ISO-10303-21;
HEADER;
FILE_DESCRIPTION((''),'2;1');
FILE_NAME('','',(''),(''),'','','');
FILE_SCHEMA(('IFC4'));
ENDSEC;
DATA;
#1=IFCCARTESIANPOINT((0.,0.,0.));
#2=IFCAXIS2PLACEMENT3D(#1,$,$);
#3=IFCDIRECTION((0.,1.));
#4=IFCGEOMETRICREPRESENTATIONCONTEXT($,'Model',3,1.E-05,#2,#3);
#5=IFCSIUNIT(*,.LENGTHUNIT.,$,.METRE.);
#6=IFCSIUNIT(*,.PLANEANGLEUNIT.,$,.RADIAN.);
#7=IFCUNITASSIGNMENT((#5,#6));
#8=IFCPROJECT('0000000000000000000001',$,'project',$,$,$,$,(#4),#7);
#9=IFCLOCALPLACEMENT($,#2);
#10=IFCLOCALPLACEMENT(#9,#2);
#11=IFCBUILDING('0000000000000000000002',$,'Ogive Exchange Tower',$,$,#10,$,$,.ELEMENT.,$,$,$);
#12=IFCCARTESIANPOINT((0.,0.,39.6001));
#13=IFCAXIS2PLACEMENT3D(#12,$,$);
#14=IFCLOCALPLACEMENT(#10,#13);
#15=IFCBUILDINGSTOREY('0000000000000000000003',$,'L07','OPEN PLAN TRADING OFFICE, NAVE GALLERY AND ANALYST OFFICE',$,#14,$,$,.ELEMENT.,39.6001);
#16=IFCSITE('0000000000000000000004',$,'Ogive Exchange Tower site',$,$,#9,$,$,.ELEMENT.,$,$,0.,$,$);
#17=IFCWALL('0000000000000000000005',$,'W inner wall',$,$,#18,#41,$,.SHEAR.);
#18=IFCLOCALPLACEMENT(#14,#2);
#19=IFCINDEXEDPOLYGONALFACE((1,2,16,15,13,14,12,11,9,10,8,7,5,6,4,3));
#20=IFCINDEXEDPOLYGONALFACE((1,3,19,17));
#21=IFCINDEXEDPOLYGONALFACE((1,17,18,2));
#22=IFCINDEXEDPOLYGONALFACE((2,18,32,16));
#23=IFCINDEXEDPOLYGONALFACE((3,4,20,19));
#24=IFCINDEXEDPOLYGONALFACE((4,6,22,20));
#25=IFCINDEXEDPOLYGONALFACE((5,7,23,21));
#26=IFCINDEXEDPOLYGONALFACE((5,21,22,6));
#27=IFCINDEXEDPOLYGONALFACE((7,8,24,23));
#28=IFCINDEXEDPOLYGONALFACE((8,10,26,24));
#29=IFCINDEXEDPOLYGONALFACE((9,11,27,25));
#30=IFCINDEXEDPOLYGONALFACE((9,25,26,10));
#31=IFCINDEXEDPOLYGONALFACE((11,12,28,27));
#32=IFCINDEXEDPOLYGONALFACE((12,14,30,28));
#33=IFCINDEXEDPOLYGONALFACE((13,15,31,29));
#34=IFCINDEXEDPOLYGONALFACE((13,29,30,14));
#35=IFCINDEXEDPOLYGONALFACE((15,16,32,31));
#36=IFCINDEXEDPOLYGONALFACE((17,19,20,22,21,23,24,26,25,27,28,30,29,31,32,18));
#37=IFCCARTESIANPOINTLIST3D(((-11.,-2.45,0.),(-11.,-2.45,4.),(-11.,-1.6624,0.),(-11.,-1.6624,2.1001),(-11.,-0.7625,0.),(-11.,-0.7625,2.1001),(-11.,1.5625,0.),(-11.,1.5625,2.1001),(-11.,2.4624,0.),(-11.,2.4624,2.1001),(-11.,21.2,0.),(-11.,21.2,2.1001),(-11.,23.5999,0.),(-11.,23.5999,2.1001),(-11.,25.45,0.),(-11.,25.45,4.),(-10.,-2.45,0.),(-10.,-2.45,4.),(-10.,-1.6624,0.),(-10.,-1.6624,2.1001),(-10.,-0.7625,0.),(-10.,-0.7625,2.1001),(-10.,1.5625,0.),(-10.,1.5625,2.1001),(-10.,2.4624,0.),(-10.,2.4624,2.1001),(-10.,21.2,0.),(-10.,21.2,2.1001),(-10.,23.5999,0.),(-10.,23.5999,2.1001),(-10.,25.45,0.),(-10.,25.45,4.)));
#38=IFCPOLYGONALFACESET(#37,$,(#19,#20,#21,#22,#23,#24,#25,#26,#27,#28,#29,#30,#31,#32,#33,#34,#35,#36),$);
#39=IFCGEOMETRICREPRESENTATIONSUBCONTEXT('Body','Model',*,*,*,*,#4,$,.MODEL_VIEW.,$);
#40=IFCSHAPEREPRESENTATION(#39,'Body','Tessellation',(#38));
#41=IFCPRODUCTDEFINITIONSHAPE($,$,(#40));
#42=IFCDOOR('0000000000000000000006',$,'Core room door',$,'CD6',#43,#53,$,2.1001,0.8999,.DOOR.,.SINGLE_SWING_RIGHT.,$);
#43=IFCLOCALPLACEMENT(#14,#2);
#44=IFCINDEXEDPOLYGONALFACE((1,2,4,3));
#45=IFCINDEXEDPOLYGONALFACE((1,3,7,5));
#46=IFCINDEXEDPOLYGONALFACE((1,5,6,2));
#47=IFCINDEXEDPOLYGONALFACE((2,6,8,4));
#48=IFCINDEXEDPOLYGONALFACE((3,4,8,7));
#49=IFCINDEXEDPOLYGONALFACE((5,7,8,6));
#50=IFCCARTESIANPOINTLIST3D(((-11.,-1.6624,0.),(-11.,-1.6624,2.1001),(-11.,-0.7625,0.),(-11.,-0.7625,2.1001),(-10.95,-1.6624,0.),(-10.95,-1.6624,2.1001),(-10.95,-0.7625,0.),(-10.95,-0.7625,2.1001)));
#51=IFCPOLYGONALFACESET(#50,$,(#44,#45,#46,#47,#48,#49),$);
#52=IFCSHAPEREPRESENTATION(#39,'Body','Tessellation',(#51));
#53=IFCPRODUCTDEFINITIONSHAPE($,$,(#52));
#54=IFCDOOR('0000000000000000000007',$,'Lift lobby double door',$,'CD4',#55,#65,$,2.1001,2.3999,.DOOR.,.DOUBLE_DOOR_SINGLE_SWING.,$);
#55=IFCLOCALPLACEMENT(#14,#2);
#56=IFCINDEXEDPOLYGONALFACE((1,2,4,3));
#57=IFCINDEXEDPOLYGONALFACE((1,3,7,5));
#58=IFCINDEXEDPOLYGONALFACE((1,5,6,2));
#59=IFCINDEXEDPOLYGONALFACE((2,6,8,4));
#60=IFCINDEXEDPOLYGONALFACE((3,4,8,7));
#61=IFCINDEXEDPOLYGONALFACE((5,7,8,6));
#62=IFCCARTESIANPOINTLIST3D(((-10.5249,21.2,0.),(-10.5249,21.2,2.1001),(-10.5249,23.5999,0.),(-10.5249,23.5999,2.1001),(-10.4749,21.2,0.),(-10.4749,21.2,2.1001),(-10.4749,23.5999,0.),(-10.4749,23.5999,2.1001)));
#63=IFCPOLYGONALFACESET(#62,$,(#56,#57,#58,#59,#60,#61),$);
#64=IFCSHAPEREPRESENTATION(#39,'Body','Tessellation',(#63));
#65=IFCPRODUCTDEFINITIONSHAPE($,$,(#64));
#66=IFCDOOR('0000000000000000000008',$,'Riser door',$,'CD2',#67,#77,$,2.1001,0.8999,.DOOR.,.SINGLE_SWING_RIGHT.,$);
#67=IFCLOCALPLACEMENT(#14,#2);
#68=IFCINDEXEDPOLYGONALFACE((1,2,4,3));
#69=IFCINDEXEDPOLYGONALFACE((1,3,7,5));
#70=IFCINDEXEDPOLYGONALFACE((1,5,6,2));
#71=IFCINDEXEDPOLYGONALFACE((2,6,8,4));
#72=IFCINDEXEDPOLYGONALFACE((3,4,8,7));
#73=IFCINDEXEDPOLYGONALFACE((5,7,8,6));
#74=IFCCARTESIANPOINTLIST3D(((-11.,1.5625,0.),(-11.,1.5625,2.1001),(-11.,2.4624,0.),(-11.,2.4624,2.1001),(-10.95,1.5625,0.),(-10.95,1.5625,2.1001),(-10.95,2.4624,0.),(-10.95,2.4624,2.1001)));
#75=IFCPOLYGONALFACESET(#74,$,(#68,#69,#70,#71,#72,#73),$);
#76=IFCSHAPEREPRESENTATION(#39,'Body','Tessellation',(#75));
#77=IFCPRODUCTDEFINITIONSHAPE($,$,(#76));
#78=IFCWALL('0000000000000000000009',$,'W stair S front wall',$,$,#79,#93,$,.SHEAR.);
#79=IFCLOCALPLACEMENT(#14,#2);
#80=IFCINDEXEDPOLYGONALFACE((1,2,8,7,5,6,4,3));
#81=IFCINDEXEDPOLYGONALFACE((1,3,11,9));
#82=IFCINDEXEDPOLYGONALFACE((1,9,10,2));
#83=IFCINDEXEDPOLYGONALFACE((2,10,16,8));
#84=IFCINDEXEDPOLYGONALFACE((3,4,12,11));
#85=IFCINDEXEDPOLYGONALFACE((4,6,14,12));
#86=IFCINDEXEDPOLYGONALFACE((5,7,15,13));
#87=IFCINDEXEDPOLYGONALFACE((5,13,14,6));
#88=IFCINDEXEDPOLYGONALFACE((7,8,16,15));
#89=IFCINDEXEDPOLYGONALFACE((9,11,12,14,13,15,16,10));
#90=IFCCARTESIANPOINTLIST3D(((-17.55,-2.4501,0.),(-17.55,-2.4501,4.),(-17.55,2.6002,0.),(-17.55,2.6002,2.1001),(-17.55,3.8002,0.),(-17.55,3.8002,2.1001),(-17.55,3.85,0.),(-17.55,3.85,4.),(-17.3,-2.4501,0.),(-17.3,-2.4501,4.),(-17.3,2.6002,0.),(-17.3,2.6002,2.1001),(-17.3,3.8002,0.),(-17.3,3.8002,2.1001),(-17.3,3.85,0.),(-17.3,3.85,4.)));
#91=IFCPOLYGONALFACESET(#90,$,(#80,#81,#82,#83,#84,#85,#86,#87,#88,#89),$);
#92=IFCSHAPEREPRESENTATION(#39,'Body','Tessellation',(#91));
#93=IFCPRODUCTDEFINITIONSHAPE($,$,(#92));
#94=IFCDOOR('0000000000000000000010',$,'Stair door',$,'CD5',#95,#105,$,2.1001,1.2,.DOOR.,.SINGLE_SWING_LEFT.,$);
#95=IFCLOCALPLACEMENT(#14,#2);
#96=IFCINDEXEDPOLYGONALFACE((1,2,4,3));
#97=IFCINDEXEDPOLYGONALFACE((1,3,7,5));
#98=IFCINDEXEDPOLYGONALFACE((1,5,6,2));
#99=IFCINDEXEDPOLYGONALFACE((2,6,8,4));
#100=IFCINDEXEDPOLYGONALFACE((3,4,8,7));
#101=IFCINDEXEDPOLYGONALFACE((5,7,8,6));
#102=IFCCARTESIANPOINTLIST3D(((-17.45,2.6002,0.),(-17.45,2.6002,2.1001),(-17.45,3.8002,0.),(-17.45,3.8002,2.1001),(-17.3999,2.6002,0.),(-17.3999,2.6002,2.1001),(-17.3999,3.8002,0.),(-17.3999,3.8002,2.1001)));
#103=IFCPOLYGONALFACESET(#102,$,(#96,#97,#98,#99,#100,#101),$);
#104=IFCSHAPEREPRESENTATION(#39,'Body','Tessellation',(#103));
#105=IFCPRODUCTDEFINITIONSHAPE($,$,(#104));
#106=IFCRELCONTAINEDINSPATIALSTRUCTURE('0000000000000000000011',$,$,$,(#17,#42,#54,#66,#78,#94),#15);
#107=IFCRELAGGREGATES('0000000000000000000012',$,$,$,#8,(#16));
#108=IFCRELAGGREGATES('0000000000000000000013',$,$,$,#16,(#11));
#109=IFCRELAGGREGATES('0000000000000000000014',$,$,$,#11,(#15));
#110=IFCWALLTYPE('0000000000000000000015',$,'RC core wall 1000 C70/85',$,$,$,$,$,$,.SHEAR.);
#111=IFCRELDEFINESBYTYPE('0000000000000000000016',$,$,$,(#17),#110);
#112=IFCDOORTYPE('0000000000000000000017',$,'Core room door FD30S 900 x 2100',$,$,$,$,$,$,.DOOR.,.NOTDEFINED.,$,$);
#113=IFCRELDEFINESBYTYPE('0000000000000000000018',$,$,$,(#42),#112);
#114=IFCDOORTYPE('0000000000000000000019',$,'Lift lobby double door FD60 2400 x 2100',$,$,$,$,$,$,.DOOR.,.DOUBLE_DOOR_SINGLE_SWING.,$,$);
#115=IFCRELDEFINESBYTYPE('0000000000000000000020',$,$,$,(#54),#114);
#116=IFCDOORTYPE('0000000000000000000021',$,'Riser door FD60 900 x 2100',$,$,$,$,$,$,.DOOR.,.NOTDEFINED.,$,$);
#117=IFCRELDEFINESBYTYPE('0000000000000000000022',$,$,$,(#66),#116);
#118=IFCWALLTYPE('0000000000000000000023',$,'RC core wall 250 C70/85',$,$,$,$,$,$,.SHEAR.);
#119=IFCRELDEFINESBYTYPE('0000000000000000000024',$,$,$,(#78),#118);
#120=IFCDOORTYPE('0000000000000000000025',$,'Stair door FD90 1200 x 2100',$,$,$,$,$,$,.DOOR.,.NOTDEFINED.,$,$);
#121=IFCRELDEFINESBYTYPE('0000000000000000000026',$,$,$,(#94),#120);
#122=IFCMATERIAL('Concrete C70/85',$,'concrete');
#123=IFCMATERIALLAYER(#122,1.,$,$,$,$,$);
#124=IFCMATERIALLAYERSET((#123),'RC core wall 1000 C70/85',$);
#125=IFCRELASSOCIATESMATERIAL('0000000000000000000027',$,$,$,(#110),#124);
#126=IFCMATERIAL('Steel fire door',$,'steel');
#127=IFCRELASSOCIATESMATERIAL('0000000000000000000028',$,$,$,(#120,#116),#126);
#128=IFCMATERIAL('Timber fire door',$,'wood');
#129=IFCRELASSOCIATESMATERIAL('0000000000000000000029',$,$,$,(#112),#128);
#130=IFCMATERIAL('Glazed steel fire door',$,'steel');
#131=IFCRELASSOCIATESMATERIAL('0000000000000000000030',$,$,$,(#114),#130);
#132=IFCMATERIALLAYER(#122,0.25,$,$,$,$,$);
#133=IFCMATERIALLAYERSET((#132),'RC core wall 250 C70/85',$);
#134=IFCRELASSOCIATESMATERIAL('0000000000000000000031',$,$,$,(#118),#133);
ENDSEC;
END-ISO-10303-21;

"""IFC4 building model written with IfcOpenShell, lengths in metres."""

from ifc_helpers import new_model, si_unit, direction, frame, frame_2d, origin, place, context, subcontext, project, spatial, rectangle, extrude, material, layer, layer_set, type_object, element, fill, save


model = new_model("IFC4")

# Units and contexts
model_context = context("Model", 3, precision=1e-05, world=origin(), true_north=direction((0.0, 1.0)))
body_context = subcontext(model_context, "Body", "Model", "MODEL_VIEW")
ifc_project = project(units=[si_unit("LENGTHUNIT", "METRE"), si_unit("PLANEANGLEUNIT", "RADIAN")], contexts=[model_context])

# Site, building, storey
site_placement = place(None, origin())
site = spatial("IfcSite", under=ifc_project, at=site_placement, Name="Ogive Exchange Tower site", CompositionType="ELEMENT", RefElevation=0.0)
building_placement = place(site_placement, origin())
building = spatial("IfcBuilding", under=site, at=building_placement, Name="Ogive Exchange Tower", CompositionType="ELEMENT")
storey_placement = place(building_placement, frame((0.0, 0.0, 39.6001)))
storey = spatial("IfcBuildingStorey", under=building, at=storey_placement, Name="L07", Description="OPEN PLAN TRADING OFFICE, NAVE GALLERY AND ANALYST OFFICE", CompositionType="ELEMENT", Elevation=39.6001)

# Wall, openings, doors
ifc_material_1 = material(Name="Concrete C70/85", Category="concrete")
ifc_layer_1 = layer(ifc_material_1, 1.0)
ifc_layer_set_1 = layer_set([ifc_layer_1], Name="RC core wall 1000 C70/85")
wall_type_1 = type_object("IfcWallType", Name="RC core wall 1000 C70/85", PredefinedType="SHEAR", material=ifc_layer_set_1)
ifc_material_2 = material(Name="Steel fire door", Category="steel")
door_type_1 = type_object("IfcDoorType", Name="Stair door FD90 1200 x 2100", OperationType="NOTDEFINED", PredefinedType="DOOR", material=ifc_material_2)
wall_1_placement = place(storey_placement, frame((-10.5, -2.45, 0.0), z_axis=(0.0, 0.0, 1.0), x_axis=(0.0, 1.0, 0.0)))
wall_1 = element("IfcWall", 1, at=wall_1_placement, inside=storey, type_object=wall_type_1, Name="W inner wall", PredefinedType="SHEAR", context=body_context, shape_type="SweptSolid", body=[
    extrude(rectangle(XDim=27.8999, YDim=1.0, at=frame_2d((13.95, 0.0))), origin(), (0.0, 0.0, 1.0), 4.0),
])
opening_1_placement = place(wall_1_placement, frame((23.6499, 0.0, 0.0)))
opening_1 = element("IfcOpeningElement", 2, at=opening_1_placement, cuts=wall_1, PredefinedType="OPENING", context=body_context, shape_type="SweptSolid", body=[
    extrude(rectangle(XDim=2.3999, YDim=2.1001, at=frame_2d((1.2, 1.05))), frame((0.0, 0.51, 0.0), z_axis=(0.0, -1.0, 0.0), x_axis=(1.0, 0.0, 0.0)), (0.0, 0.0, 1.0), 1.02),
])
opening_2_placement = place(wall_1_placement, frame((0.7876, 0.0, 0.0)))
opening_2 = element("IfcOpeningElement", 3, at=opening_2_placement, cuts=wall_1, PredefinedType="OPENING", context=body_context, shape_type="SweptSolid", body=[
    extrude(rectangle(XDim=0.8999, YDim=2.1001, at=frame_2d((0.45, 1.05))), frame((0.0, 0.51, 0.0), z_axis=(0.0, -1.0, 0.0), x_axis=(1.0, 0.0, 0.0)), (0.0, 0.0, 1.0), 1.02),
])
opening_3_placement = place(wall_1_placement, frame((4.0125, 0.0, 0.0)))
opening_3 = element("IfcOpeningElement", 4, at=opening_3_placement, cuts=wall_1, PredefinedType="OPENING", context=body_context, shape_type="SweptSolid", body=[
    extrude(rectangle(XDim=0.8999, YDim=2.1001, at=frame_2d((0.45, 1.05))), frame((0.0, 0.51, 0.0), z_axis=(0.0, -1.0, 0.0), x_axis=(1.0, 0.0, 0.0)), (0.0, 0.0, 1.0), 1.02),
])
ifc_material_3 = material(Name="Timber fire door", Category="wood")
door_type_2 = type_object("IfcDoorType", Name="Core room door FD30S 900 x 2100", OperationType="NOTDEFINED", PredefinedType="DOOR", material=ifc_material_3)
door_1_placement = place(opening_2_placement, origin())
door_1 = element("IfcDoor", 5, at=door_1_placement, inside=storey, type_object=door_type_2, Name="Core room door", ObjectType="CD6", OperationType="SINGLE_SWING_RIGHT", OverallHeight=2.1001, OverallWidth=0.8999, PredefinedType="DOOR", context=body_context, shape_type="SweptSolid", body=[
    extrude(rectangle(XDim=0.8999, YDim=2.1001, at=frame_2d((0.45, 1.05))), frame((0.0, 0.5, 0.0), z_axis=(0.0, -1.0, 0.0), x_axis=(1.0, 0.0, 0.0)), (0.0, 0.0, 1.0), 0.05),
])
fill(opening_2, door_1)
ifc_material_4 = material(Name="Glazed steel fire door", Category="steel")
door_type_3 = type_object("IfcDoorType", Name="Lift lobby double door FD60 2400 x 2100", OperationType="DOUBLE_DOOR_SINGLE_SWING", PredefinedType="DOOR", material=ifc_material_4)
door_2_placement = place(opening_1_placement, origin())
door_2 = element("IfcDoor", 6, at=door_2_placement, inside=storey, type_object=door_type_3, Name="Lift lobby double door", ObjectType="CD4", OperationType="DOUBLE_DOOR_SINGLE_SWING", OverallHeight=2.1001, OverallWidth=2.3999, PredefinedType="DOOR", context=body_context, shape_type="SweptSolid", body=[
    extrude(rectangle(XDim=2.3999, YDim=2.1001, at=frame_2d((1.2, 1.05))), frame((0.0, 0.0249, 0.0), z_axis=(0.0, -1.0, 0.0), x_axis=(1.0, 0.0, 0.0)), (0.0, 0.0, 1.0), 0.05),
])
fill(opening_1, door_2)
door_type_4 = type_object("IfcDoorType", Name="Riser door FD60 900 x 2100", OperationType="NOTDEFINED", PredefinedType="DOOR", material=ifc_material_2)
door_3_placement = place(opening_3_placement, origin())
door_3 = element("IfcDoor", 7, at=door_3_placement, inside=storey, type_object=door_type_4, Name="Riser door", ObjectType="CD2", OperationType="SINGLE_SWING_RIGHT", OverallHeight=2.1001, OverallWidth=0.8999, PredefinedType="DOOR", context=body_context, shape_type="SweptSolid", body=[
    extrude(rectangle(XDim=0.8999, YDim=2.1001, at=frame_2d((0.45, 1.05))), frame((0.0, 0.5, 0.0), z_axis=(0.0, -1.0, 0.0), x_axis=(1.0, 0.0, 0.0)), (0.0, 0.0, 1.0), 0.05),
])
fill(opening_3, door_3)

# Wall, opening, door
ifc_layer_2 = layer(ifc_material_1, 0.25)
ifc_layer_set_2 = layer_set([ifc_layer_2], Name="RC core wall 250 C70/85")
wall_type_2 = type_object("IfcWallType", Name="RC core wall 250 C70/85", PredefinedType="SHEAR", material=ifc_layer_set_2)
wall_2_placement = place(storey_placement, frame((-17.425, -2.45, 0.0), z_axis=(0.0, 0.0, 1.0), x_axis=(0.0, 1.0, 0.0)))
wall_2 = element("IfcWall", 8, at=wall_2_placement, inside=storey, type_object=wall_type_2, Name="W stair S front wall", PredefinedType="SHEAR", context=body_context, shape_type="SweptSolid", body=[
    extrude(rectangle(XDim=6.3, YDim=0.25, at=frame_2d((3.1499, 0.0))), origin(), (0.0, 0.0, 1.0), 4.0),
])
opening_4_placement = place(wall_2_placement, frame((5.05, 0.0, 0.0)))
opening_4 = element("IfcOpeningElement", 9, at=opening_4_placement, cuts=wall_2, PredefinedType="OPENING", context=body_context, shape_type="SweptSolid", body=[
    extrude(rectangle(XDim=1.2, YDim=2.1001, at=frame_2d((0.6001, 1.05))), frame((0.0, 0.135, 0.0), z_axis=(0.0, -1.0, 0.0), x_axis=(1.0, 0.0, 0.0)), (0.0, 0.0, 1.0), 0.27),
])
door_4_placement = place(opening_4_placement, origin())
door_4 = element("IfcDoor", 10, at=door_4_placement, inside=storey, type_object=door_type_1, Name="Stair door", ObjectType="CD5", OperationType="SINGLE_SWING_LEFT", OverallHeight=2.1001, OverallWidth=1.2, PredefinedType="DOOR", context=body_context, shape_type="SweptSolid", body=[
    extrude(rectangle(XDim=1.2, YDim=2.1001, at=frame_2d((0.6001, 1.05))), frame((0.0, 0.0249, 0.0), z_axis=(0.0, -1.0, 0.0), x_axis=(1.0, 0.0, 0.0)), (0.0, 0.0, 1.0), 0.05),
])
fill(opening_4, door_4)

save(model, "model.ifc")
